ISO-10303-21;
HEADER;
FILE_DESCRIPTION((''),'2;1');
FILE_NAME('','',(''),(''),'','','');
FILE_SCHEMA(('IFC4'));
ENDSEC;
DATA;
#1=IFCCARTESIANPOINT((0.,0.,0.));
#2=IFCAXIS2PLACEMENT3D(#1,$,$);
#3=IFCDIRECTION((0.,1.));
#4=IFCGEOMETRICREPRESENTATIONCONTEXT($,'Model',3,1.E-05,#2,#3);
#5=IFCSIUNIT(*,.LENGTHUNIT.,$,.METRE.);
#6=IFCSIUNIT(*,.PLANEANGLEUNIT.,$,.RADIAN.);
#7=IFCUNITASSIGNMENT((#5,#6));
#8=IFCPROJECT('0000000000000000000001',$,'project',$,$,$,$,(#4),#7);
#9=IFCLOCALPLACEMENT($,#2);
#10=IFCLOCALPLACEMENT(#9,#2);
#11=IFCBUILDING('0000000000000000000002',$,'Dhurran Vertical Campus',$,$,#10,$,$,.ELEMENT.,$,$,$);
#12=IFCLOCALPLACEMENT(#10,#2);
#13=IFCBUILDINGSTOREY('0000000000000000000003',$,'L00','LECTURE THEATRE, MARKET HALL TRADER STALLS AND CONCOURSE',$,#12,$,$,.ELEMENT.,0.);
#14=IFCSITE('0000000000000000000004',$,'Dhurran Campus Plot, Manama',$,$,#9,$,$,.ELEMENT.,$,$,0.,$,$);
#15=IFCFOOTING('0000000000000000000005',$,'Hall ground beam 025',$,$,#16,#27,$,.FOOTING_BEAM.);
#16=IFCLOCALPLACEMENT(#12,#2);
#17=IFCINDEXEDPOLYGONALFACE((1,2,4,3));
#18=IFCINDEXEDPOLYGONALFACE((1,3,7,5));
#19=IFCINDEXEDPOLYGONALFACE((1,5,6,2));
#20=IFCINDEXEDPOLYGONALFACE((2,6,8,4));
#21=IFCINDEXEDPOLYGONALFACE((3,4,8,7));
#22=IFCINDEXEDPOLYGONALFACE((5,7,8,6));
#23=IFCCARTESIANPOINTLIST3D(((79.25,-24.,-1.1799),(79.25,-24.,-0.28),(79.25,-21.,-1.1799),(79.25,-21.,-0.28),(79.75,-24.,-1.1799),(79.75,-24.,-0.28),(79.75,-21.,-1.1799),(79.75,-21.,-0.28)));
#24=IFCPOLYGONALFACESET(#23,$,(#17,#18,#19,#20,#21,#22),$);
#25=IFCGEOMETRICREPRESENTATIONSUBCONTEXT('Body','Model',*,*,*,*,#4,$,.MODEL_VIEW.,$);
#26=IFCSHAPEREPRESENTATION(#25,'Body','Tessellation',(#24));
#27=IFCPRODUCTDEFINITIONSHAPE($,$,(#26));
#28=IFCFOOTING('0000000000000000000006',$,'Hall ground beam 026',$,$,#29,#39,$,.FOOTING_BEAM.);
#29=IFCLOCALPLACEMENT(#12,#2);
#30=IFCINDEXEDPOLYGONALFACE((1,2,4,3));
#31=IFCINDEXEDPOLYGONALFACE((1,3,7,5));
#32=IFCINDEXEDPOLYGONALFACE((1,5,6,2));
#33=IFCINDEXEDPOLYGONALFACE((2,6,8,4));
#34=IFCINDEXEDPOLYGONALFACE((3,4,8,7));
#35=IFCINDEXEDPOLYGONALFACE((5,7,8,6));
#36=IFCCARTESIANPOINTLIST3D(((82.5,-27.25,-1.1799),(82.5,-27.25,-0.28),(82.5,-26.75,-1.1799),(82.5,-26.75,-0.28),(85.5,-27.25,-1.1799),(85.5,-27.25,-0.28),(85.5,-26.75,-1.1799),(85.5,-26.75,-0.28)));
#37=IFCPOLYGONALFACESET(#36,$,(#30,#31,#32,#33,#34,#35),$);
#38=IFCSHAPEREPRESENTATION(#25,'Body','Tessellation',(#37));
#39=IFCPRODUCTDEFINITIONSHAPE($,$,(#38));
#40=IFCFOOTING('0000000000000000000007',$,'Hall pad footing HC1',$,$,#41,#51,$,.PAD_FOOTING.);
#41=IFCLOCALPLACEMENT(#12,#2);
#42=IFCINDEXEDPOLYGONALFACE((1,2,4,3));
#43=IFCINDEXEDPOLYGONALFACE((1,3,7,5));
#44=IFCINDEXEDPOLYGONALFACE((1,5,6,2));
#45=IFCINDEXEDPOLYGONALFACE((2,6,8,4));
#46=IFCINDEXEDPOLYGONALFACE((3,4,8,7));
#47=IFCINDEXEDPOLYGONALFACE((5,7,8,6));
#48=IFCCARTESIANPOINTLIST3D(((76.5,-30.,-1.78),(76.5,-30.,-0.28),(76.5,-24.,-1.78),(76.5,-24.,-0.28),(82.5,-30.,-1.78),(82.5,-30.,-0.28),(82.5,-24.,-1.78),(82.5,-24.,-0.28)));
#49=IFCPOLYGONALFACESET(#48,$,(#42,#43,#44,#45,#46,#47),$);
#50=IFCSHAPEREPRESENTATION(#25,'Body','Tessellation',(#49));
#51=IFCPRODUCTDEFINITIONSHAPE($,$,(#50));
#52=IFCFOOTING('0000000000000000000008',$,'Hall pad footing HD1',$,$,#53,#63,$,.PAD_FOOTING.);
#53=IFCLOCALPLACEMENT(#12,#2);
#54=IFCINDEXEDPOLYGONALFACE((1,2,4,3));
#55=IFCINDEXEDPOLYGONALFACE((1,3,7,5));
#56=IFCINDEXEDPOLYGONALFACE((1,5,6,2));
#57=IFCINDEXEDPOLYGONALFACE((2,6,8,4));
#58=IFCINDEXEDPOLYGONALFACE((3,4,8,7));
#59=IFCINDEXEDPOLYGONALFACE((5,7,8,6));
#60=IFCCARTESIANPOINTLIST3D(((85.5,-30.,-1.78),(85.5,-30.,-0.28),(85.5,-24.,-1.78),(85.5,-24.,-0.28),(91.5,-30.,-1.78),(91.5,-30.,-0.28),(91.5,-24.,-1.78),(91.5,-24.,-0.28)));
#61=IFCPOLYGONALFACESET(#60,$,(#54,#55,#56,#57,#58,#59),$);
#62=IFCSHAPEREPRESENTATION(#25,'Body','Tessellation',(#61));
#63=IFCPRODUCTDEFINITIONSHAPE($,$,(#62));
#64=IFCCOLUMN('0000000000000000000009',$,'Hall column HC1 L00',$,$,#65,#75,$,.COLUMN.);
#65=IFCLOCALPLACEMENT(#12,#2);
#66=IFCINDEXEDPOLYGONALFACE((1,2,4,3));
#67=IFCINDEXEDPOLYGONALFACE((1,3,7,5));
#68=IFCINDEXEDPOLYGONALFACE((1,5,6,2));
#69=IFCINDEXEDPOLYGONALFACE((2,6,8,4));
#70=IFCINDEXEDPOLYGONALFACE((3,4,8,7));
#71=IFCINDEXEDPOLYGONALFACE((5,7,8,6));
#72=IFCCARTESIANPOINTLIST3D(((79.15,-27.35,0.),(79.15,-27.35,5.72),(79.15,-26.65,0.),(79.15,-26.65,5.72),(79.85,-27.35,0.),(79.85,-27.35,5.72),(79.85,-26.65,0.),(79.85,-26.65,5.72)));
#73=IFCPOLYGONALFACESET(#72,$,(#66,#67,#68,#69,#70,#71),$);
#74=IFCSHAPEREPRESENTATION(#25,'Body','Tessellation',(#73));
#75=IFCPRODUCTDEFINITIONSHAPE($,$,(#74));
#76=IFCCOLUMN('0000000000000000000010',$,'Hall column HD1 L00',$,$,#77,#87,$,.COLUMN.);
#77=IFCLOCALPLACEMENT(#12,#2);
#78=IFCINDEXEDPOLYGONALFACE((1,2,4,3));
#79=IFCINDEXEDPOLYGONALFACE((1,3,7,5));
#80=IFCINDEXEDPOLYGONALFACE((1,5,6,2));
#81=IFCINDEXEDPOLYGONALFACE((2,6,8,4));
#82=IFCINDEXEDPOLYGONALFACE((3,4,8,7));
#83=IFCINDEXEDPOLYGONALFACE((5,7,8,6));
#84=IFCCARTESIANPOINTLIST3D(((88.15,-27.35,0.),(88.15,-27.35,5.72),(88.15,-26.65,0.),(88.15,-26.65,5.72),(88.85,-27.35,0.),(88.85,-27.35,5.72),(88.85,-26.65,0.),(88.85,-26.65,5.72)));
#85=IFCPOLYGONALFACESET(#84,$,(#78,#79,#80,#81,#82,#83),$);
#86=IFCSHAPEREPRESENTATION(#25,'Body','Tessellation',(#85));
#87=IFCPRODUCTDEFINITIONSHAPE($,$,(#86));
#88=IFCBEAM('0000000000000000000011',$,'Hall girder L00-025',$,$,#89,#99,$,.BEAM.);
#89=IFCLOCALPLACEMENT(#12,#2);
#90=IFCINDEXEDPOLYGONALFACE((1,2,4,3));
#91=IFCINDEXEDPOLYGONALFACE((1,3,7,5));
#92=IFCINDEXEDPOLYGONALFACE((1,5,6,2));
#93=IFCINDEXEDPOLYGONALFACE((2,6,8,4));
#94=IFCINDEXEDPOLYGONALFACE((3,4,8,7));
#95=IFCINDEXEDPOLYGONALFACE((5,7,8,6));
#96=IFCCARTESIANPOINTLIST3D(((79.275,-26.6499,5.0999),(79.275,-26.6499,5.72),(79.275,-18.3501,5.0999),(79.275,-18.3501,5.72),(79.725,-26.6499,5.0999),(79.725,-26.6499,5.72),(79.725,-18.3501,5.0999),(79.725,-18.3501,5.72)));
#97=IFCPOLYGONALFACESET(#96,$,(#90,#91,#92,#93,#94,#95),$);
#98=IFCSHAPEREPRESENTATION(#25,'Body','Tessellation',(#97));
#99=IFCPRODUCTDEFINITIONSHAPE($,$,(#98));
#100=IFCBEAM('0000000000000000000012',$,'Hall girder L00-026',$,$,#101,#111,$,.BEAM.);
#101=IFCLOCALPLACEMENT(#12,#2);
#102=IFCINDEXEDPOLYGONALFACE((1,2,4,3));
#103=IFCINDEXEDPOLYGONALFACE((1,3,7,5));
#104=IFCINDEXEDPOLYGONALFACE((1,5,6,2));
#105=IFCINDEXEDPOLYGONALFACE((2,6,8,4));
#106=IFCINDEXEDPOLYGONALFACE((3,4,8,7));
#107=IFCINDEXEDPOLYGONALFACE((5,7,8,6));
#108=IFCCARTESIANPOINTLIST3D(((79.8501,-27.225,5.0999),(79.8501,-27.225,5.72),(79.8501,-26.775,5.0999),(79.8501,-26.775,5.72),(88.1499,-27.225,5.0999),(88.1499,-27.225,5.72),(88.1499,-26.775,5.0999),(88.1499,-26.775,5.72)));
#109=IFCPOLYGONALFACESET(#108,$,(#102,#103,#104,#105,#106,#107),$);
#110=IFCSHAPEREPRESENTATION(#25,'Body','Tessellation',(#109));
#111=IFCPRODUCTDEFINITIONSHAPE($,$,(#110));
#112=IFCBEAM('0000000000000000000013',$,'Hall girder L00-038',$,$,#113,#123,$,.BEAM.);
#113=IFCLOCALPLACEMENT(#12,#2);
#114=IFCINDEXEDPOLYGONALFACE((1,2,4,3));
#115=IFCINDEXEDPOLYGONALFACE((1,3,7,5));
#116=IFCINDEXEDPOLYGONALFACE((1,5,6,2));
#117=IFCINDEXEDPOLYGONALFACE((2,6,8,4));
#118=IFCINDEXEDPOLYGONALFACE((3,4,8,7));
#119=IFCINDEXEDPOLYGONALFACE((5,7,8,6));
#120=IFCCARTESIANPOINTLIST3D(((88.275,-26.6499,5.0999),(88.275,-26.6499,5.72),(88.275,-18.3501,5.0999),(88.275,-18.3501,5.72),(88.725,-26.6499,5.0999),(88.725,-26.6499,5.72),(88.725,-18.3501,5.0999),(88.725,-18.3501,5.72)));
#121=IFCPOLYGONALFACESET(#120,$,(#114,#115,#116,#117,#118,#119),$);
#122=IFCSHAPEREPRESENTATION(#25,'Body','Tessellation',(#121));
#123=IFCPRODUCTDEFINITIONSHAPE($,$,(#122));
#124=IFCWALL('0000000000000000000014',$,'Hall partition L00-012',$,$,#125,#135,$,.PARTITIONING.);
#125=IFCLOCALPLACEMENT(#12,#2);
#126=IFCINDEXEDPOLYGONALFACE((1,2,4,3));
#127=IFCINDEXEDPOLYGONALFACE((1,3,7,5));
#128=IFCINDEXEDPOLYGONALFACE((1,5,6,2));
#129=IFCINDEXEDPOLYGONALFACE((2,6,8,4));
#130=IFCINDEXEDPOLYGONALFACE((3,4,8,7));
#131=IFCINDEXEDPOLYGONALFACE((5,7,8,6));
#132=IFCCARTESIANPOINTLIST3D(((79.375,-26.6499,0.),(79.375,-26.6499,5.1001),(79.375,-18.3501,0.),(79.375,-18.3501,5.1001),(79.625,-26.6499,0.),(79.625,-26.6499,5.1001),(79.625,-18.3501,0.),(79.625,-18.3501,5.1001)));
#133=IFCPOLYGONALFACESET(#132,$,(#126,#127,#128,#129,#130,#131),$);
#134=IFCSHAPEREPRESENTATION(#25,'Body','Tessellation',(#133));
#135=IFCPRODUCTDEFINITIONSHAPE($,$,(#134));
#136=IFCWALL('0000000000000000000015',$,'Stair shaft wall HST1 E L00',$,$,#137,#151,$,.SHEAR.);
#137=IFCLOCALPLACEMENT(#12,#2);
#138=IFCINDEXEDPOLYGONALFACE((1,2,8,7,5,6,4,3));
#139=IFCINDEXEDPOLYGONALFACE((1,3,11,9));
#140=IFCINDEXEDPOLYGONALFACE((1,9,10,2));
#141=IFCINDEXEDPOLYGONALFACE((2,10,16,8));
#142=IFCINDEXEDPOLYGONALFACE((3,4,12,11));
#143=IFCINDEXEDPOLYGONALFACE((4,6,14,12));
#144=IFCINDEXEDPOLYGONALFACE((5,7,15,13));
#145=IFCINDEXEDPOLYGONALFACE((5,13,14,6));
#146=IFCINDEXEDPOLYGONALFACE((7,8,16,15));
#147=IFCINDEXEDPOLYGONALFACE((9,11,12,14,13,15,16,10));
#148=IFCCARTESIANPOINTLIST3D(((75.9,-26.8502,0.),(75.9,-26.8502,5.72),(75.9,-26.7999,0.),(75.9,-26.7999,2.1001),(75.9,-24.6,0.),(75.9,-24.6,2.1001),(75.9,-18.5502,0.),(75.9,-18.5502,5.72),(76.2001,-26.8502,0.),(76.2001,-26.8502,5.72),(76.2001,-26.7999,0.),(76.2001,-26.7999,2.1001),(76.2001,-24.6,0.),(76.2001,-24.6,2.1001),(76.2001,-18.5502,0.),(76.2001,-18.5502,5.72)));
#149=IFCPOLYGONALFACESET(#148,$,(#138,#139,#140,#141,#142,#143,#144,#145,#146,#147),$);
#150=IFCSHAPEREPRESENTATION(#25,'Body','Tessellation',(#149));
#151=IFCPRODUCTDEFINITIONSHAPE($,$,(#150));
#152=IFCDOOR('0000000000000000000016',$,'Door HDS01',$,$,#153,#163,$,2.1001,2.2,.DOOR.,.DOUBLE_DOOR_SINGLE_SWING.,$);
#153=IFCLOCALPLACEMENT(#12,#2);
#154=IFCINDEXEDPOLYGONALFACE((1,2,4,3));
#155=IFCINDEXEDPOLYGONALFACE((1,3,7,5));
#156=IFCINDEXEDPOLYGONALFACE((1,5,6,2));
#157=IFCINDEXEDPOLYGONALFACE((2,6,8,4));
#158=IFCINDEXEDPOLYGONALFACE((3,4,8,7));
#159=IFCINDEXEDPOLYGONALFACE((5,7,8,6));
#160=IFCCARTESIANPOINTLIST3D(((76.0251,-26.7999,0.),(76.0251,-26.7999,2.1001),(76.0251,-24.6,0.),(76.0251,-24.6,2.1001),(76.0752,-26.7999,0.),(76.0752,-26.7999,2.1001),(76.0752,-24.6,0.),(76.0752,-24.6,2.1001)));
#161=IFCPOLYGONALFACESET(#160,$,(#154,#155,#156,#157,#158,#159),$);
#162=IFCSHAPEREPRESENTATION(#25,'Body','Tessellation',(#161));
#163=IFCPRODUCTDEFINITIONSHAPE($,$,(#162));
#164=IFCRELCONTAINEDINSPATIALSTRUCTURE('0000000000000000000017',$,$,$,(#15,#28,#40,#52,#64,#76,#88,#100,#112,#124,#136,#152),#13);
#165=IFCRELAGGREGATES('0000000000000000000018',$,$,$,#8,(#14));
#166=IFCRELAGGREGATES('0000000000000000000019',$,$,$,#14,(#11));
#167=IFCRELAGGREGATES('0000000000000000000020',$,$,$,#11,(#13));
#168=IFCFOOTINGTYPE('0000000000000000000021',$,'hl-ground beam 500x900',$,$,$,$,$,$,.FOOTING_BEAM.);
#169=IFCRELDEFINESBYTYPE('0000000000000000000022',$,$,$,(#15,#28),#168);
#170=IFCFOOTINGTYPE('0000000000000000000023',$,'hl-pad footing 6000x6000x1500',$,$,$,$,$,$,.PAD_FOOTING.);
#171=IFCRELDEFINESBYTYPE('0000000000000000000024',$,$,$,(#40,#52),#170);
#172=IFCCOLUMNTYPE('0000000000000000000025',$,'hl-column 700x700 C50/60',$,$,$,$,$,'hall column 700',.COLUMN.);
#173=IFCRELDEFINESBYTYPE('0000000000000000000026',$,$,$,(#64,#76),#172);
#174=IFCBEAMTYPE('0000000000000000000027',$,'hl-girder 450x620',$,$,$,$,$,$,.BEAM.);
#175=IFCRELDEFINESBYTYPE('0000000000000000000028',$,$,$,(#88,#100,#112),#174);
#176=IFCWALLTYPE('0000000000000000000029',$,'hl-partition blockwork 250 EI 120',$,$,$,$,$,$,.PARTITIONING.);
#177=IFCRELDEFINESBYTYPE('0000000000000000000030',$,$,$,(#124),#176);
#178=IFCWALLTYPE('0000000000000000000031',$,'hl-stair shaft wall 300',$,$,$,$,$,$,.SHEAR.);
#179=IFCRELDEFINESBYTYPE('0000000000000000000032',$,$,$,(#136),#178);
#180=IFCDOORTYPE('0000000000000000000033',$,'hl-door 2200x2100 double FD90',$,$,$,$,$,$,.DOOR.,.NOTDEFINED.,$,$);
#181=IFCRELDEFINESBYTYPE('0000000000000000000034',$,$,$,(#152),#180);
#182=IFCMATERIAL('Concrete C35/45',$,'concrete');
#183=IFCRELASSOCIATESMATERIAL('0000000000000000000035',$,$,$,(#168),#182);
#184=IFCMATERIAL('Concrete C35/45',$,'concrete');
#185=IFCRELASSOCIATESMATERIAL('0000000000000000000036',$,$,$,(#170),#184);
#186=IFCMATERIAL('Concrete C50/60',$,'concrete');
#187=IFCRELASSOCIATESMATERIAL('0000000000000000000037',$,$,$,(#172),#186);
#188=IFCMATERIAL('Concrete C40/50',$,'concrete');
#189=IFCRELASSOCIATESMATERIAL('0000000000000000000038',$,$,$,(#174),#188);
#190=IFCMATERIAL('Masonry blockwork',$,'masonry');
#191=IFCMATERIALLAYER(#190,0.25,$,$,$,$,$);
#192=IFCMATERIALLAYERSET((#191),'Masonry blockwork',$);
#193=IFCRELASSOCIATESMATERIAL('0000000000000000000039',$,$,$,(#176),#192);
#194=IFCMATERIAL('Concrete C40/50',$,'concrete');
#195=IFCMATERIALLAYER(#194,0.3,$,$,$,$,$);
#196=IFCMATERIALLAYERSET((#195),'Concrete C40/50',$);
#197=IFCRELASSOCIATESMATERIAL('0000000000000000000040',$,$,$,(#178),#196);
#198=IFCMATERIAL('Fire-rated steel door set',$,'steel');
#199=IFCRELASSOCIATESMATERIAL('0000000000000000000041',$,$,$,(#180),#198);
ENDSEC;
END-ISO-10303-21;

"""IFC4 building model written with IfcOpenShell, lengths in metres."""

from ifc_helpers import new_model, si_unit, direction, frame, frame_2d, origin, origin_2d, place, context, subcontext, project, spatial, rectangle, extrude, material, layer, layer_set, material_profile, profile_set, type_object, element, fill, save


model = new_model("IFC4")

# Units and contexts
model_context = context("Model", 3, precision=1e-05, world=origin(), true_north=direction((0.0, 1.0)))
body_context = subcontext(model_context, "Body", "Model", "MODEL_VIEW")
ifc_project = project(units=[si_unit("LENGTHUNIT", "METRE"), si_unit("PLANEANGLEUNIT", "RADIAN")], contexts=[model_context])

# Site, building, storey
site_placement = place(None, origin())
site = spatial("IfcSite", under=ifc_project, at=site_placement, Name="Dhurran Campus Plot, Manama", CompositionType="ELEMENT", RefElevation=0.0)
building_placement = place(site_placement, origin())
building = spatial("IfcBuilding", under=site, at=building_placement, Name="Dhurran Vertical Campus", CompositionType="ELEMENT")
storey_placement = place(building_placement, origin())
storey = spatial("IfcBuildingStorey", under=building, at=storey_placement, Name="L00", Description="LECTURE THEATRE, MARKET HALL TRADER STALLS AND CONCOURSE", CompositionType="ELEMENT", Elevation=0.0)

# Footings
ifc_material_1 = material(Name="Concrete C35/45", Category="concrete")
ifc_material_profile_1 = material_profile(ifc_material_1, rectangle(XDim=0.5, YDim=0.8999, at=origin_2d()), Name="hl-ground beam 500x900")
ifc_profile_set_1 = profile_set([ifc_material_profile_1], Name="Concrete C35/45")
footing_type_1 = type_object("IfcFootingType", Name="hl-ground beam 500x900", PredefinedType="FOOTING_BEAM", material=ifc_profile_set_1)
for number, where, z_axis, x_axis, name in (
    (1, (79.5, -24.0, -0.73), (0.0, 1.0, 0.0), (-1.0, 0.0, 0.0), "Hall ground beam 025"),
    (2, (82.5, -27.0, -0.73), (1.0, 0.0, 0.0), (0.0, 1.0, 0.0), "Hall ground beam 026"),
):
    element("IfcFooting", number, at=place(storey_placement, frame(where, z_axis=z_axis, x_axis=x_axis)), inside=storey, type_object=footing_type_1, Name=name, PredefinedType="FOOTING_BEAM", context=body_context, shape_type="SweptSolid", body=[
        extrude(rectangle(XDim=0.5, YDim=0.8999, at=origin_2d()), origin(), (0.0, 0.0, 1.0), 3.0),
    ])
ifc_material_2 = material(Name="Concrete C35/45", Category="concrete")
footing_type_2 = type_object("IfcFootingType", Name="hl-pad footing 6000x6000x1500", PredefinedType="PAD_FOOTING", material=ifc_material_2)
for number, where, z_axis, x_axis, name in (
    (3, (79.5, -27.0, -1.78), (0.0, 0.0, 1.0), (1.0, 0.0, 0.0), "Hall pad footing HC1"),
    (4, (88.5, -27.0, -1.78), (0.0, 0.0, 1.0), (1.0, 0.0, 0.0), "Hall pad footing HD1"),
):
    element("IfcFooting", number, at=place(storey_placement, frame(where, z_axis=z_axis, x_axis=x_axis)), inside=storey, type_object=footing_type_2, Name=name, PredefinedType="PAD_FOOTING", context=body_context, shape_type="SweptSolid", body=[
        extrude(rectangle(XDim=6.0, YDim=6.0, at=origin_2d()), origin(), (0.0, 0.0, 1.0), 1.5),
    ])

# Columns
ifc_material_3 = material(Name="Concrete C50/60", Category="concrete")
ifc_material_profile_2 = material_profile(ifc_material_3, rectangle(XDim=0.7, YDim=0.7, at=origin_2d()), Name="hl-column 700x700 C50/60")
ifc_profile_set_2 = profile_set([ifc_material_profile_2], Name="Concrete C50/60")
column_type = type_object("IfcColumnType", Name="hl-column 700x700 C50/60", ElementType="hall column 700", PredefinedType="COLUMN", material=ifc_profile_set_2)
for number, where, z_axis, x_axis, name in (
    (5, (79.5, -27.0, 0.0), (0.0, 0.0, 1.0), (1.0, 0.0, 0.0), "Hall column HC1 L00"),
    (6, (88.5, -27.0, 0.0), (0.0, 0.0, 1.0), (1.0, 0.0, 0.0), "Hall column HD1 L00"),
):
    element("IfcColumn", number, at=place(storey_placement, frame(where, z_axis=z_axis, x_axis=x_axis)), inside=storey, type_object=column_type, Name=name, PredefinedType="COLUMN", context=body_context, shape_type="SweptSolid", body=[
        extrude(rectangle(XDim=0.7, YDim=0.7, at=origin_2d()), origin(), (0.0, 0.0, 1.0), 5.72),
    ])

# Beams
ifc_material_4 = material(Name="Concrete C40/50", Category="concrete")
ifc_material_profile_3 = material_profile(ifc_material_4, rectangle(XDim=0.45, YDim=0.6201, at=origin_2d()), Name="hl-girder 450x620")
ifc_profile_set_3 = profile_set([ifc_material_profile_3], Name="Concrete C40/50")
beam_type = type_object("IfcBeamType", Name="hl-girder 450x620", PredefinedType="BEAM", material=ifc_profile_set_3)
for number, where, z_axis, x_axis, name in (
    (7, (79.5, -26.6499, 5.4099), (0.0, 1.0, 0.0), (-1.0, 0.0, 0.0), "Hall girder L00-025"),
    (8, (79.8501, -27.0, 5.4099), (1.0, 0.0, 0.0), (0.0, 1.0, 0.0), "Hall girder L00-026"),
    (9, (88.5, -26.6499, 5.4099), (0.0, 1.0, 0.0), (-1.0, 0.0, 0.0), "Hall girder L00-038"),
):
    element("IfcBeam", number, at=place(storey_placement, frame(where, z_axis=z_axis, x_axis=x_axis)), inside=storey, type_object=beam_type, Name=name, PredefinedType="BEAM", context=body_context, shape_type="SweptSolid", body=[
        extrude(rectangle(XDim=0.45, YDim=0.6201, at=origin_2d()), origin(), (0.0, 0.0, 1.0), 8.2998),
    ])

# Wall
ifc_material_5 = material(Name="Masonry blockwork", Category="masonry")
ifc_layer_1 = layer(ifc_material_5, 0.25)
ifc_layer_set_1 = layer_set([ifc_layer_1], Name="Masonry blockwork")
wall_type_1 = type_object("IfcWallType", Name="hl-partition blockwork 250 EI 120", PredefinedType="PARTITIONING", material=ifc_layer_set_1)
wall_1_placement = place(storey_placement, frame((79.5, -26.6499, 0.0), z_axis=(0.0, 0.0, 1.0), x_axis=(0.0, 1.0, 0.0)))
element("IfcWall", 10, at=wall_1_placement, inside=storey, type_object=wall_type_1, Name="Hall partition L00-012", PredefinedType="PARTITIONING", context=body_context, shape_type="SweptSolid", body=[
    extrude(rectangle(XDim=8.2998, YDim=0.25, at=frame_2d((4.1499, 0.0))), origin(), (0.0, 0.0, 1.0), 5.1001),
])

# Wall, opening, door
ifc_material_6 = material(Name="Concrete C40/50", Category="concrete")
ifc_layer_2 = layer(ifc_material_6, 0.3)
ifc_layer_set_2 = layer_set([ifc_layer_2], Name="Concrete C40/50")
wall_type_2 = type_object("IfcWallType", Name="hl-stair shaft wall 300", PredefinedType="SHEAR", material=ifc_layer_set_2)
wall_2_placement = place(storey_placement, frame((76.05, -26.8501, 0.0), z_axis=(0.0, 0.0, 1.0), x_axis=(0.0, 1.0, 0.0)))
wall_2 = element("IfcWall", 11, at=wall_2_placement, inside=storey, type_object=wall_type_2, Name="Stair shaft wall HST1 E L00", PredefinedType="SHEAR", context=body_context, shape_type="SweptSolid", body=[
    extrude(rectangle(XDim=8.3, YDim=0.3, at=frame_2d((4.1499, 0.0))), origin(), (0.0, 0.0, 1.0), 5.72),
])
opening_1_placement = place(wall_2_placement, frame((0.05, 0.0, 0.0)))
opening_1 = element("IfcOpeningElement", 12, at=opening_1_placement, cuts=wall_2, PredefinedType="OPENING", context=body_context, shape_type="SweptSolid", body=[
    extrude(rectangle(XDim=2.2, YDim=2.1001, at=frame_2d((1.1001, 1.05))), frame((0.0, 0.1599, 0.0), z_axis=(0.0, -1.0, 0.0), x_axis=(1.0, 0.0, 0.0)), (0.0, 0.0, 1.0), 0.3201),
])
ifc_material_7 = material(Name="Fire-rated steel door set", Category="steel")
door_type_1 = type_object("IfcDoorType", Name="hl-door 2200x2100 double FD90", OperationType="NOTDEFINED", PredefinedType="DOOR", material=ifc_material_7)
door_1_placement = place(opening_1_placement, origin())
door_1 = element("IfcDoor", 13, at=door_1_placement, inside=storey, type_object=door_type_1, Name="Door HDS01", OperationType="DOUBLE_DOOR_SINGLE_SWING", OverallHeight=2.1001, OverallWidth=2.2, PredefinedType="DOOR", context=body_context, shape_type="SweptSolid", body=[
    extrude(rectangle(XDim=2.2, YDim=2.1001, at=frame_2d((1.1001, 1.05))), frame((0.0, 0.0249, 0.0), z_axis=(0.0, -1.0, 0.0), x_axis=(1.0, 0.0, 0.0)), (0.0, 0.0, 1.0), 0.05),
])
fill(opening_1, door_1)

save(model, "model.ifc")
